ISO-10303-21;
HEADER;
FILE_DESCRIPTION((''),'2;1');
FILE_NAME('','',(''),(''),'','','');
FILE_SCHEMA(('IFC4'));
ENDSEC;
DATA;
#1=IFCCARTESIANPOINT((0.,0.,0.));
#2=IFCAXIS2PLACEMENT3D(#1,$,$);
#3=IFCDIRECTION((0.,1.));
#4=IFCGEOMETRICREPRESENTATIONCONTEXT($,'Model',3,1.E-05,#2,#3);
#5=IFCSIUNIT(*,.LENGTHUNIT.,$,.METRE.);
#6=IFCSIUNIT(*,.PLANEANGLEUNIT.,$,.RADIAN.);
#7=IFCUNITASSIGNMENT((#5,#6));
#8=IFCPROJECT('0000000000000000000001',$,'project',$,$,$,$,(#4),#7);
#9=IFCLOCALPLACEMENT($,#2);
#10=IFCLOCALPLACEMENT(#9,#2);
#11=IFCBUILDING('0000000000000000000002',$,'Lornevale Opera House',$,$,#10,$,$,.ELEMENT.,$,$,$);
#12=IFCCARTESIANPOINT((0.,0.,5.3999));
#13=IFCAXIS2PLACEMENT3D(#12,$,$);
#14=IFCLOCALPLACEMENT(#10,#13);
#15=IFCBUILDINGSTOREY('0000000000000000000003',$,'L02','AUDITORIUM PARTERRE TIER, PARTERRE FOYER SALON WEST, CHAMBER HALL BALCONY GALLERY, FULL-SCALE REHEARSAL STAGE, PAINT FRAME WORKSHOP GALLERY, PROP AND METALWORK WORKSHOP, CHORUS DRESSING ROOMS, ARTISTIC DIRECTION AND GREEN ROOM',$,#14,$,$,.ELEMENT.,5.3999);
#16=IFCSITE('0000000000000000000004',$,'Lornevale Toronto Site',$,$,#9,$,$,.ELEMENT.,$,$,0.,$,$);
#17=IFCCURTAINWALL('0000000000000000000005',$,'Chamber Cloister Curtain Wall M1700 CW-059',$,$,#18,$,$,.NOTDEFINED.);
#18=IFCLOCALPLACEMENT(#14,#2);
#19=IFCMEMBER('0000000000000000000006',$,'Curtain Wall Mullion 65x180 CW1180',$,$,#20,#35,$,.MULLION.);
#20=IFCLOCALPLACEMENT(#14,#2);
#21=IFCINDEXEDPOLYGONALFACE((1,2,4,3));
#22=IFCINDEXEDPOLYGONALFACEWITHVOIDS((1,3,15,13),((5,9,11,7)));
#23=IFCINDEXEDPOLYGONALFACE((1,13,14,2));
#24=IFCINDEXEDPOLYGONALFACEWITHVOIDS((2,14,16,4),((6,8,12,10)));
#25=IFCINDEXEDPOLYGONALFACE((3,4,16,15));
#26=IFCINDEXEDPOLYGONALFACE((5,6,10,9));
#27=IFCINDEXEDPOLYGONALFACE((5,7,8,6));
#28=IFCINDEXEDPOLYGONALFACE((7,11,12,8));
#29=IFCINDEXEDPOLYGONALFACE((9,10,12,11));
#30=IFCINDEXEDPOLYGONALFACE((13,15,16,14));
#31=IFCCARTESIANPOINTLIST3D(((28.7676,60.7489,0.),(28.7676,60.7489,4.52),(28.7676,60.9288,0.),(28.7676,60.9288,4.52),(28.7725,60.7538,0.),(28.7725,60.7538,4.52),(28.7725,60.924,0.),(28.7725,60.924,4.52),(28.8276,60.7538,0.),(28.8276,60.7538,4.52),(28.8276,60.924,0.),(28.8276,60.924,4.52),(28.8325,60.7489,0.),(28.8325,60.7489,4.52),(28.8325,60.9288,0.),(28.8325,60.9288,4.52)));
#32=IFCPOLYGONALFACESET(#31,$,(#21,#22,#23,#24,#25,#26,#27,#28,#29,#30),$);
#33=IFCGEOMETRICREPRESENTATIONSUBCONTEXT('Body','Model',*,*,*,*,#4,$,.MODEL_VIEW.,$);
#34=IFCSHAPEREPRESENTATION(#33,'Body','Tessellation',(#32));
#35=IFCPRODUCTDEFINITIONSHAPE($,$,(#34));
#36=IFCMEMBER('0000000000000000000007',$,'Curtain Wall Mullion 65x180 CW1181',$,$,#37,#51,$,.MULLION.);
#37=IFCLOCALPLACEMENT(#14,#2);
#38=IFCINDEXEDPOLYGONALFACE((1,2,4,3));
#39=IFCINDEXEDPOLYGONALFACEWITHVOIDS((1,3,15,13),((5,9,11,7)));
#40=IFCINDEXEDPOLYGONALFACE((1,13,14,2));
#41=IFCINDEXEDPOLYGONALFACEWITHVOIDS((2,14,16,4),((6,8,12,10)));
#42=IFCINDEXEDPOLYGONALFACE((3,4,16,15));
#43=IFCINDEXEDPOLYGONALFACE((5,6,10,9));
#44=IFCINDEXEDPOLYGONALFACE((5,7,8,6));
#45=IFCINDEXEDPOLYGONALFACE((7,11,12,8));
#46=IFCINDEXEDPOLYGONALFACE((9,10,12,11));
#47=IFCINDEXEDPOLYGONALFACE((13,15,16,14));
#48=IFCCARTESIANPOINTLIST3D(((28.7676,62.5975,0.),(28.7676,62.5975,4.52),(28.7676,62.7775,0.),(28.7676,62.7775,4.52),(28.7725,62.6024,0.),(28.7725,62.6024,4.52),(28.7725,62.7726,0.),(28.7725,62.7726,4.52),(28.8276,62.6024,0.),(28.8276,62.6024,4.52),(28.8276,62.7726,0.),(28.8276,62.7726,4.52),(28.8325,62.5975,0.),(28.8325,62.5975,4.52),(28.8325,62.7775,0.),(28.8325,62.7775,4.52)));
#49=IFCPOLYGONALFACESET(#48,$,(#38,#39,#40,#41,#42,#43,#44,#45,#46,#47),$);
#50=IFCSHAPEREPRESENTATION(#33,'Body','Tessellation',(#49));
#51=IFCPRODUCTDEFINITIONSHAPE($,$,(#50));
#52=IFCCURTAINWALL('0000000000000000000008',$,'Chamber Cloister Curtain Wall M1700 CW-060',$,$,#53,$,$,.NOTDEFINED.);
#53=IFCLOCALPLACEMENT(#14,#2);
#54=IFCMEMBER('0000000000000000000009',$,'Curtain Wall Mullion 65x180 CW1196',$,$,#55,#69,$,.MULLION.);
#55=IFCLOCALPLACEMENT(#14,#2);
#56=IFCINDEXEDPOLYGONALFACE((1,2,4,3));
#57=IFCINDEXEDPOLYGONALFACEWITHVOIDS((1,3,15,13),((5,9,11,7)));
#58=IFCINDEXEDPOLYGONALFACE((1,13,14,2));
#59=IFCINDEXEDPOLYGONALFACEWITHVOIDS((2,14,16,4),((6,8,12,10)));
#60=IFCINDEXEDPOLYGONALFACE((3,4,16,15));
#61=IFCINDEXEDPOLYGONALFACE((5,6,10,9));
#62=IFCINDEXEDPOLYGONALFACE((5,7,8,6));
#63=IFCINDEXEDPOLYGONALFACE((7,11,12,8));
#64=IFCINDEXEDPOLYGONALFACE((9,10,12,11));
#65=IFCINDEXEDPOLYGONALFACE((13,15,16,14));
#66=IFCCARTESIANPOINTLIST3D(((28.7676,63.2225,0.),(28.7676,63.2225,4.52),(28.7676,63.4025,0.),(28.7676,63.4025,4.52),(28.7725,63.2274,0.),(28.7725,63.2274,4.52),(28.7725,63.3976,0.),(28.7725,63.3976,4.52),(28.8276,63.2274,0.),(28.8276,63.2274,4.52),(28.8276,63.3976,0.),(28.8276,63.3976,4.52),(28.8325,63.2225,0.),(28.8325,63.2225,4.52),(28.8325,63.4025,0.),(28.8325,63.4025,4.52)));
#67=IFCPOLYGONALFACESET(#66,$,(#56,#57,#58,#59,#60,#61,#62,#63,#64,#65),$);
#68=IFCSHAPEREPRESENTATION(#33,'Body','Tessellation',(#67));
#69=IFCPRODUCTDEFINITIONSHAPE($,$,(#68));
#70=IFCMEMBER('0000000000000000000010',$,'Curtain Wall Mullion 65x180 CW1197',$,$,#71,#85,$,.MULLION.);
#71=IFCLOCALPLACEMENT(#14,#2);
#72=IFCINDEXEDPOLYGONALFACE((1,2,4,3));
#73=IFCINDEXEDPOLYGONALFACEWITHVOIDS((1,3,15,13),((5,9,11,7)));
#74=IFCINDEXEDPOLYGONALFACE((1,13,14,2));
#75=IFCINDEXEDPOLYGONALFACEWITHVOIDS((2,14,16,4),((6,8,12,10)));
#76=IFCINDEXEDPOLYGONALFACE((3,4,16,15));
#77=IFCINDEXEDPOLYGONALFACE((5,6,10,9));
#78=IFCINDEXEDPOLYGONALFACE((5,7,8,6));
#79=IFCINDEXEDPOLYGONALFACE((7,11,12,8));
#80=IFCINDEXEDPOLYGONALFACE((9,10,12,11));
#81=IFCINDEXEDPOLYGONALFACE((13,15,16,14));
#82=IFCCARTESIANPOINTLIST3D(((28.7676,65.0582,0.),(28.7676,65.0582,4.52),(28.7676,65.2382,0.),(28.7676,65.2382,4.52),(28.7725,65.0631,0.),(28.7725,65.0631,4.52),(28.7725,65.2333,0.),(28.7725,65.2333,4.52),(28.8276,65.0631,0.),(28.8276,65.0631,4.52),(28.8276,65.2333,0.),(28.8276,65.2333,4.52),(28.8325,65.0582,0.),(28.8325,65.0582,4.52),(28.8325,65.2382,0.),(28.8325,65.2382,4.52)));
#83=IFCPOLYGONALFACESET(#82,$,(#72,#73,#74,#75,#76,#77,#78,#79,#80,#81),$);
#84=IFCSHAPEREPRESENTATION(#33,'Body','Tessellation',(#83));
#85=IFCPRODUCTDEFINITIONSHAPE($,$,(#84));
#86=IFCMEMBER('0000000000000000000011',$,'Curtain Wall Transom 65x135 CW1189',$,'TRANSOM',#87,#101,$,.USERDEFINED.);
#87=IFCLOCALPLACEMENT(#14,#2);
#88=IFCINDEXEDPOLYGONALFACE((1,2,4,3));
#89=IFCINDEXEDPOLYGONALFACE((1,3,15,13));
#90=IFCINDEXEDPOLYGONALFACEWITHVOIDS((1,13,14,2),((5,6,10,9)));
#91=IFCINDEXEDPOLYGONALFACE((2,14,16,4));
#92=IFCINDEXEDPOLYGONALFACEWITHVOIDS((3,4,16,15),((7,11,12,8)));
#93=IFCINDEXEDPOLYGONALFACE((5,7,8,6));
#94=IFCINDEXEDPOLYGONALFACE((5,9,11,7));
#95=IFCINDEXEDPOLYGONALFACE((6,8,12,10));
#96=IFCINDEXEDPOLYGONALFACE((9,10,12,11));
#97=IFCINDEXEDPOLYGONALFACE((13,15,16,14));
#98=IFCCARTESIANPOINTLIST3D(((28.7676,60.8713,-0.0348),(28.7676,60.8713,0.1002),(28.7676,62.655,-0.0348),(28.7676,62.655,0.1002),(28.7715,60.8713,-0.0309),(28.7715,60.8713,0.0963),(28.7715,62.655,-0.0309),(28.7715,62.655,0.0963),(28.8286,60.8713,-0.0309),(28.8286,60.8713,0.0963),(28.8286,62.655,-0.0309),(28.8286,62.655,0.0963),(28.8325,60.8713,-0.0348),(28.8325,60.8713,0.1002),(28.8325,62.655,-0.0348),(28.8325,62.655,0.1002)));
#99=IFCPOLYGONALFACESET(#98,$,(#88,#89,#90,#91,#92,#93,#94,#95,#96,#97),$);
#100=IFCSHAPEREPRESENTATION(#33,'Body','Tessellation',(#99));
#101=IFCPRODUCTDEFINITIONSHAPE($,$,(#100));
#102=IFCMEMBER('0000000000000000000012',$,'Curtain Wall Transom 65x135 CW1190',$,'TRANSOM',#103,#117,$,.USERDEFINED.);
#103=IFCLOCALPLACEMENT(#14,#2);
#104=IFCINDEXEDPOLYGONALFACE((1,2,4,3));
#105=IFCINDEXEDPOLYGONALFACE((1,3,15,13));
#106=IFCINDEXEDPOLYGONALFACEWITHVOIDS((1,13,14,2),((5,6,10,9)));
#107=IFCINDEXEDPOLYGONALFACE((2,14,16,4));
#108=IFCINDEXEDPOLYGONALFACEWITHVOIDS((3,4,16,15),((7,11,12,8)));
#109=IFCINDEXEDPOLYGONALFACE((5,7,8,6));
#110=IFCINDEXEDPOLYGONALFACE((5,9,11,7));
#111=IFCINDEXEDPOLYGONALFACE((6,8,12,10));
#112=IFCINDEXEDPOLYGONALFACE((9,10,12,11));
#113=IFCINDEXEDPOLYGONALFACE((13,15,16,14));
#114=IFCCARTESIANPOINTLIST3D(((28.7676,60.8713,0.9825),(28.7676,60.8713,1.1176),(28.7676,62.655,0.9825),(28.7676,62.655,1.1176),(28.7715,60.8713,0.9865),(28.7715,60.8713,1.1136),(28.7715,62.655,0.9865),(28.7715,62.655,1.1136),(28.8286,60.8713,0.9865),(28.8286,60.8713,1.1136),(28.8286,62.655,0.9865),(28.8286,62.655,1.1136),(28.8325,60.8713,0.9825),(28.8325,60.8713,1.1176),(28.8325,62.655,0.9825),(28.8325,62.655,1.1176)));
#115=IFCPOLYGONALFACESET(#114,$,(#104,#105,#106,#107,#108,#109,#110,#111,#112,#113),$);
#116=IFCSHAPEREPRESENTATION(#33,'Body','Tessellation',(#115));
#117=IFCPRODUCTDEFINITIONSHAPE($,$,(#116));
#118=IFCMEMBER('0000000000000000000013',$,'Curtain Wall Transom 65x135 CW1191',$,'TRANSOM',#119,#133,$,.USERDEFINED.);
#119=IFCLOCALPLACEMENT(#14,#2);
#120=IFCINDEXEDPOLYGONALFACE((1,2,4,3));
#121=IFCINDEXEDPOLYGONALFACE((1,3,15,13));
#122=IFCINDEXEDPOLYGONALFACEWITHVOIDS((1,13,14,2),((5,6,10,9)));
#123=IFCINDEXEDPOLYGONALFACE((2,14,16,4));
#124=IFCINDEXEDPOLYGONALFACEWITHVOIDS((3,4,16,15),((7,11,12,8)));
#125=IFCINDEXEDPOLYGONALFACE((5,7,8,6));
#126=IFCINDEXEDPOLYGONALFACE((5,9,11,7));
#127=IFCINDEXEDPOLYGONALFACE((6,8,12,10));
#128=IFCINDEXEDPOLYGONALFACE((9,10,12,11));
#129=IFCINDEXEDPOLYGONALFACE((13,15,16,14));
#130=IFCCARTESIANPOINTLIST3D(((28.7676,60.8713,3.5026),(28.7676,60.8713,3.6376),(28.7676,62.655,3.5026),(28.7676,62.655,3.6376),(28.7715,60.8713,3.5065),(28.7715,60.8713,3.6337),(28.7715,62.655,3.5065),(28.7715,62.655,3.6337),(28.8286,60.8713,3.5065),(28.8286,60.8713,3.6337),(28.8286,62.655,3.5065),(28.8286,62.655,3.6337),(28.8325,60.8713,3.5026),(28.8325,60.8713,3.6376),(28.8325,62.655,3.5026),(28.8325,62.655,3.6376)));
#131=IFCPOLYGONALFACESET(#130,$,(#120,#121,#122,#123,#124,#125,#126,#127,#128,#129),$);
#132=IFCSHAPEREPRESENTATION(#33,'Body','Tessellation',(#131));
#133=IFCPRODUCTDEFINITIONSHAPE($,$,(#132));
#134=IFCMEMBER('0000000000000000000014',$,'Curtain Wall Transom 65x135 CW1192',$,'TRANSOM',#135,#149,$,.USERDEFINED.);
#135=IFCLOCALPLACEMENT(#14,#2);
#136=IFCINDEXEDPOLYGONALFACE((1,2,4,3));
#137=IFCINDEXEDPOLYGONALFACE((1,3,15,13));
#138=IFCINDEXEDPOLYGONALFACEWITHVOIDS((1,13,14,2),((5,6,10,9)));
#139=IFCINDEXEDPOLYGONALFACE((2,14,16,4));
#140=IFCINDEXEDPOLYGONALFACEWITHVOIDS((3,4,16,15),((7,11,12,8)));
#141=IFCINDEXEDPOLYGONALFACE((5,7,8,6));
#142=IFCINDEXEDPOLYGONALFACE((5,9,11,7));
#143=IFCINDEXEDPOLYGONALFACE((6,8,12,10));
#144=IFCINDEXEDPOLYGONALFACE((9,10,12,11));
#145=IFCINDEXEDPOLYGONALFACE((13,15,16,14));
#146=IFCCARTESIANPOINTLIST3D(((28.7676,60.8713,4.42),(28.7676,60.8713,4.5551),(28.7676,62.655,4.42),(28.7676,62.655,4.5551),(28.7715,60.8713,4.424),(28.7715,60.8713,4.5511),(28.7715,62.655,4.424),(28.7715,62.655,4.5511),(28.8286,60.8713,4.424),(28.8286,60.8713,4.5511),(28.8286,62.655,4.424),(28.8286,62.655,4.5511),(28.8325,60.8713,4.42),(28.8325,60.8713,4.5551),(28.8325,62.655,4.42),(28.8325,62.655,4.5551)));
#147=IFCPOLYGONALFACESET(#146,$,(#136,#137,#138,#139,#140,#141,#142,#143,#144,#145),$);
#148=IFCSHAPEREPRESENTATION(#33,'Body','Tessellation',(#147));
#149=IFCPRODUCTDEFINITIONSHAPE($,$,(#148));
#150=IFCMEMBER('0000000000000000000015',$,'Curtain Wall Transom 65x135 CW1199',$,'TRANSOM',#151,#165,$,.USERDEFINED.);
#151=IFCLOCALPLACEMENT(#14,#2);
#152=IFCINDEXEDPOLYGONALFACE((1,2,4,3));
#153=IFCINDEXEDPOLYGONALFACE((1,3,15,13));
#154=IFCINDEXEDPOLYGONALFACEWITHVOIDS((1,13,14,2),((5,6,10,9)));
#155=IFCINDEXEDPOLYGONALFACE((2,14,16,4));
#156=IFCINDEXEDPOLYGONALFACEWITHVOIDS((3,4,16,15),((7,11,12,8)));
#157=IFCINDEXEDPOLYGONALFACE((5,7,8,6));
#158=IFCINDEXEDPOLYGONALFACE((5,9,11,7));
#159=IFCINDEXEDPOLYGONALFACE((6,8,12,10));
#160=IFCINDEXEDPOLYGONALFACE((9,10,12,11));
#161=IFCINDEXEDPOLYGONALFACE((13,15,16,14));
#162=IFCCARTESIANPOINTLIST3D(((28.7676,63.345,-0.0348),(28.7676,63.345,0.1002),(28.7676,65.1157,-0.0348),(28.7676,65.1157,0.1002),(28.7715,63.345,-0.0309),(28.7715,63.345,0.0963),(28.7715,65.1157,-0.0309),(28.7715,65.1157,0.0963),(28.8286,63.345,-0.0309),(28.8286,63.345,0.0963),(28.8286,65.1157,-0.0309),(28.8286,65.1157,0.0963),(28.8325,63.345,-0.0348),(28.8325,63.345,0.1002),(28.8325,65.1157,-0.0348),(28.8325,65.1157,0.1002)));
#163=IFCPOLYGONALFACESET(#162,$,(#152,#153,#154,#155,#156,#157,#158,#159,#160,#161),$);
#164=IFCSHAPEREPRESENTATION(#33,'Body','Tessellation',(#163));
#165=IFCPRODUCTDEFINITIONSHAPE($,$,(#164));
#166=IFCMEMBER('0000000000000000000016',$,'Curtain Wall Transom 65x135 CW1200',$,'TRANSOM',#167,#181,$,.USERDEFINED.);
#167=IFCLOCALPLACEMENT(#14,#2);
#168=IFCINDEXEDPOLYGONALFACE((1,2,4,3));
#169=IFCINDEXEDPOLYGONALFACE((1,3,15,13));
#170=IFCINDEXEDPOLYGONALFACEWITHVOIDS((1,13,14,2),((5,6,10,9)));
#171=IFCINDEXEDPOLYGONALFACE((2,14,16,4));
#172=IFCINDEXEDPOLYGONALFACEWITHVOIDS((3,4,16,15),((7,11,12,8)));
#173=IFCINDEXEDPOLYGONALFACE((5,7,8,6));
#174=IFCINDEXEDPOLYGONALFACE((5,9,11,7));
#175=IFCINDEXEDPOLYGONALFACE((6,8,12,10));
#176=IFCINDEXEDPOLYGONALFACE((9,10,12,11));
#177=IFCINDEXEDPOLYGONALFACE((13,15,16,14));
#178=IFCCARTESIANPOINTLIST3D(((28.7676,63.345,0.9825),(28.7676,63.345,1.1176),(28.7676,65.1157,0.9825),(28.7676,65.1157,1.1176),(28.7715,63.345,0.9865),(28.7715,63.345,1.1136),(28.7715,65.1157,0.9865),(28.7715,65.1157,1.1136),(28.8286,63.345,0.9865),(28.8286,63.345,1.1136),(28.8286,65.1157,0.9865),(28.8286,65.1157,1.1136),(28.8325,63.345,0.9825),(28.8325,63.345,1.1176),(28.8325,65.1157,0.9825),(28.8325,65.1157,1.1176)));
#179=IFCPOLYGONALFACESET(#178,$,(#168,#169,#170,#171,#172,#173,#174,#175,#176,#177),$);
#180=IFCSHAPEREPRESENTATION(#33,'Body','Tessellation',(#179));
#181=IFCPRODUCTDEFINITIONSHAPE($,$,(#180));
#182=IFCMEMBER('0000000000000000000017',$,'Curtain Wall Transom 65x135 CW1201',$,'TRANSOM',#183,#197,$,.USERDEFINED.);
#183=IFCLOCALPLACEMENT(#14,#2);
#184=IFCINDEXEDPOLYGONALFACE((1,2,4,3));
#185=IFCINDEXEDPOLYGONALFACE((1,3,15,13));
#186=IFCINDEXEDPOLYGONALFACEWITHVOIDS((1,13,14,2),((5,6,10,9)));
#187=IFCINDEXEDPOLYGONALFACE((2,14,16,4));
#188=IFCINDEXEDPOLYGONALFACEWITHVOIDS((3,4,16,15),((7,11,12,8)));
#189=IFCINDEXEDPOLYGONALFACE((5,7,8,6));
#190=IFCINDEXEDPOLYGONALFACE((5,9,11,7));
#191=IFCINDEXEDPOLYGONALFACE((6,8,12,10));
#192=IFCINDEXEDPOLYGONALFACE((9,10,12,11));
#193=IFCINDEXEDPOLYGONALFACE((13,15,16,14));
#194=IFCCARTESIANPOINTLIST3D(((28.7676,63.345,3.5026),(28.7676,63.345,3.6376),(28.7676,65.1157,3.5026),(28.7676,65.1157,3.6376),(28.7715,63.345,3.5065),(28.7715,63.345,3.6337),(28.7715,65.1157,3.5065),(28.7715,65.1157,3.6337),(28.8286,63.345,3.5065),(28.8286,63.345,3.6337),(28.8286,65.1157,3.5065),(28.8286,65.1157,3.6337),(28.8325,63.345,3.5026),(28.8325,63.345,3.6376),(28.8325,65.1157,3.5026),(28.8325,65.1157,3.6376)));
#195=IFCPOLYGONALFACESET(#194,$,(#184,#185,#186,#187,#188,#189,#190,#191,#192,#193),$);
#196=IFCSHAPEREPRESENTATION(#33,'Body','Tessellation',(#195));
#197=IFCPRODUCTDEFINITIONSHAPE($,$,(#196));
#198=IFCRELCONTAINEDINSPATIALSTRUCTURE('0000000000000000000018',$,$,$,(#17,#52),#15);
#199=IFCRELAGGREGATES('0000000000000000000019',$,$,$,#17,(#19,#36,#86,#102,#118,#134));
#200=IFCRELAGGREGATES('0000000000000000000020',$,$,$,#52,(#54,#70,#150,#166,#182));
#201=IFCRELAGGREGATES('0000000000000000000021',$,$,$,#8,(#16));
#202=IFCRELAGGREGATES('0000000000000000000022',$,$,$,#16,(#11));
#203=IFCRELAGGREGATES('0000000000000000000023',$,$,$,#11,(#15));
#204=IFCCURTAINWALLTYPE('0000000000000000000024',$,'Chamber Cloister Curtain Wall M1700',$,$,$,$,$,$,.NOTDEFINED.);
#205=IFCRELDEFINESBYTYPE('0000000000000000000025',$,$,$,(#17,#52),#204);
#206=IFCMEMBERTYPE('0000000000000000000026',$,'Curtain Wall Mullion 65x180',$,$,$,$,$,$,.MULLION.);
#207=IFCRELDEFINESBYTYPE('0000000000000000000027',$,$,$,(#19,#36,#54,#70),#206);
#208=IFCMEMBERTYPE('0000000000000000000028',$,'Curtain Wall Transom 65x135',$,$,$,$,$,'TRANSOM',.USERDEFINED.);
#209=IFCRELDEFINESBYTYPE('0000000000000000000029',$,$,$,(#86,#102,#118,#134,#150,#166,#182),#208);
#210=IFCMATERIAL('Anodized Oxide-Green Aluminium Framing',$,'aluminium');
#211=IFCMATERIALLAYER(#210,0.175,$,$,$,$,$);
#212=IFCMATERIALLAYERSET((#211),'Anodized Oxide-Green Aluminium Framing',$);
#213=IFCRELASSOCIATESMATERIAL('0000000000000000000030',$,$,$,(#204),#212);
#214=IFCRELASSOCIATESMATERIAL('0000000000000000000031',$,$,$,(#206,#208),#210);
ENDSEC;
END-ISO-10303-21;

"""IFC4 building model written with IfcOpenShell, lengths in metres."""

from ifc_helpers import new_model, si_unit, direction, frame, origin, origin_2d, place, context, subcontext, project, spatial, hollow_rectangle, extrude, material, layer, layer_set, material_profile, profile_set, type_object, element, aggregate, save


model = new_model("IFC4")

# Units and contexts
model_context = context("Model", 3, precision=1e-05, world=origin(), true_north=direction((0.0, 1.0)))
body_context = subcontext(model_context, "Body", "Model", "MODEL_VIEW")
ifc_project = project(units=[si_unit("LENGTHUNIT", "METRE"), si_unit("PLANEANGLEUNIT", "RADIAN")], contexts=[model_context])

# Site, building, storey
site_placement = place(None, origin())
site = spatial("IfcSite", under=ifc_project, at=site_placement, Name="Lornevale Toronto Site", CompositionType="ELEMENT", RefElevation=0.0)
building_placement = place(site_placement, origin())
building = spatial("IfcBuilding", under=site, at=building_placement, Name="Lornevale Opera House", CompositionType="ELEMENT")
storey_placement = place(building_placement, frame((0.0, 0.0, 5.3999)))
storey = spatial("IfcBuildingStorey", under=building, at=storey_placement, Name="L02", Description="AUDITORIUM PARTERRE TIER, PARTERRE FOYER SALON WEST, CHAMBER HALL BALCONY GALLERY, FULL-SCALE REHEARSAL STAGE, PAINT FRAME WORKSHOP GALLERY, PROP AND METALWORK WORKSHOP, CHORUS DRESSING ROOMS, ARTISTIC DIRECTION AND GREEN ROOM", CompositionType="ELEMENT", Elevation=5.3999)

# Curtain walls, members
ifc_material_1 = material(Name="Anodized Oxide-Green Aluminium Framing", Category="aluminium")
ifc_layer_1 = layer(ifc_material_1, 0.175)
ifc_layer_set_1 = layer_set([ifc_layer_1], Name="Anodized Oxide-Green Aluminium Framing")
curtain_wall_type = type_object("IfcCurtainWallType", Name="Chamber Cloister Curtain Wall M1700", PredefinedType="NOTDEFINED", material=ifc_layer_set_1)
curtain_wall_1_placement = place(storey_placement, origin())
curtain_wall_1 = element("IfcCurtainWall", 1, at=curtain_wall_1_placement, inside=storey, type_object=curtain_wall_type, Name="Chamber Cloister Curtain Wall M1700 CW-059", PredefinedType="NOTDEFINED")
ifc_material_profile_1 = material_profile(ifc_material_1, hollow_rectangle(XDim=0.0649, YDim=0.1799, WallThickness=0.0049, at=origin_2d()), Name="ALU65x180x5")
ifc_profile_set_1 = profile_set([ifc_material_profile_1], Name="Anodized Oxide-Green Aluminium Framing")
member_type_1 = type_object("IfcMemberType", Name="Curtain Wall Mullion 65x180", PredefinedType="MULLION", material=ifc_profile_set_1)
member_1_placement = place(storey_placement, frame((28.8, 60.8389, 0.0), z_axis=(0.0, 0.0, 1.0), x_axis=(-1.0, 0.0, 0.0)))
member_1 = element("IfcMember", 2, at=member_1_placement, type_object=member_type_1, Name="Curtain Wall Mullion 65x180 CW1180", PredefinedType="MULLION", context=body_context, shape_type="SweptSolid", body=[
    extrude(hollow_rectangle(XDim=0.0649, YDim=0.1799, WallThickness=0.0049, at=origin_2d()), origin(), (0.0, 0.0, 1.0), 4.52),
])
member_2_placement = place(storey_placement, frame((28.8, 62.6875, 0.0), z_axis=(0.0, 0.0, 1.0), x_axis=(-1.0, 0.0, 0.0)))
member_2 = element("IfcMember", 3, at=member_2_placement, type_object=member_type_1, Name="Curtain Wall Mullion 65x180 CW1181", PredefinedType="MULLION", context=body_context, shape_type="SweptSolid", body=[
    extrude(hollow_rectangle(XDim=0.0649, YDim=0.1799, WallThickness=0.0049, at=origin_2d()), origin(), (0.0, 0.0, 1.0), 4.52),
])
curtain_wall_2_placement = place(storey_placement, origin())
curtain_wall_2 = element("IfcCurtainWall", 4, at=curtain_wall_2_placement, inside=storey, type_object=curtain_wall_type, Name="Chamber Cloister Curtain Wall M1700 CW-060", PredefinedType="NOTDEFINED")
member_3_placement = place(storey_placement, frame((28.8, 63.3125, 0.0), z_axis=(0.0, 0.0, 1.0), x_axis=(-1.0, 0.0, 0.0)))
member_3 = element("IfcMember", 5, at=member_3_placement, type_object=member_type_1, Name="Curtain Wall Mullion 65x180 CW1196", PredefinedType="MULLION", context=body_context, shape_type="SweptSolid", body=[
    extrude(hollow_rectangle(XDim=0.0649, YDim=0.1799, WallThickness=0.0049, at=origin_2d()), origin(), (0.0, 0.0, 1.0), 4.52),
])
member_4_placement = place(storey_placement, frame((28.8, 65.1482, 0.0), z_axis=(0.0, 0.0, 1.0), x_axis=(-1.0, 0.0, 0.0)))
member_4 = element("IfcMember", 6, at=member_4_placement, type_object=member_type_1, Name="Curtain Wall Mullion 65x180 CW1197", PredefinedType="MULLION", context=body_context, shape_type="SweptSolid", body=[
    extrude(hollow_rectangle(XDim=0.0649, YDim=0.1799, WallThickness=0.0049, at=origin_2d()), origin(), (0.0, 0.0, 1.0), 4.52),
])

# Members
ifc_material_profile_2 = material_profile(ifc_material_1, hollow_rectangle(XDim=0.0649, YDim=0.135, WallThickness=0.0039, at=origin_2d()), Name="ALU65x135x4")
ifc_profile_set_2 = profile_set([ifc_material_profile_2], Name="Anodized Oxide-Green Aluminium Framing")
member_type_2 = type_object("IfcMemberType", Name="Curtain Wall Transom 65x135", ElementType="TRANSOM", PredefinedType="USERDEFINED", material=ifc_profile_set_2)
member_5_placement = place(storey_placement, frame((28.8, 60.8713, 0.0327), z_axis=(0.0, 1.0, 0.0), x_axis=(-1.0, 0.0, 0.0)))
member_5 = element("IfcMember", 7, at=member_5_placement, type_object=member_type_2, Name="Curtain Wall Transom 65x135 CW1189", ObjectType="TRANSOM", PredefinedType="USERDEFINED", context=body_context, shape_type="SweptSolid", body=[
    extrude(hollow_rectangle(XDim=0.0649, YDim=0.135, WallThickness=0.0039, at=origin_2d()), origin(), (0.0, 0.0, 1.0), 1.7837),
])
member_6_placement = place(storey_placement, frame((28.8, 60.8713, 1.05), z_axis=(0.0, 1.0, 0.0), x_axis=(-1.0, 0.0, 0.0)))
member_6 = element("IfcMember", 8, at=member_6_placement, type_object=member_type_2, Name="Curtain Wall Transom 65x135 CW1190", ObjectType="TRANSOM", PredefinedType="USERDEFINED", context=body_context, shape_type="SweptSolid", body=[
    extrude(hollow_rectangle(XDim=0.0649, YDim=0.135, WallThickness=0.0039, at=origin_2d()), origin(), (0.0, 0.0, 1.0), 1.7837),
])
member_7_placement = place(storey_placement, frame((28.8, 60.8713, 3.5701), z_axis=(0.0, 1.0, 0.0), x_axis=(-1.0, 0.0, 0.0)))
member_7 = element("IfcMember", 9, at=member_7_placement, type_object=member_type_2, Name="Curtain Wall Transom 65x135 CW1191", ObjectType="TRANSOM", PredefinedType="USERDEFINED", context=body_context, shape_type="SweptSolid", body=[
    extrude(hollow_rectangle(XDim=0.0649, YDim=0.135, WallThickness=0.0039, at=origin_2d()), origin(), (0.0, 0.0, 1.0), 1.7837),
])
member_8_placement = place(storey_placement, frame((28.8, 60.8713, 4.4875), z_axis=(0.0, 1.0, 0.0), x_axis=(-1.0, 0.0, 0.0)))
member_8 = element("IfcMember", 10, at=member_8_placement, type_object=member_type_2, Name="Curtain Wall Transom 65x135 CW1192", ObjectType="TRANSOM", PredefinedType="USERDEFINED", context=body_context, shape_type="SweptSolid", body=[
    extrude(hollow_rectangle(XDim=0.0649, YDim=0.135, WallThickness=0.0039, at=origin_2d()), origin(), (0.0, 0.0, 1.0), 1.7837),
])
member_9_placement = place(storey_placement, frame((28.8, 63.345, 0.0327), z_axis=(0.0, 1.0, 0.0), x_axis=(-1.0, 0.0, 0.0)))
member_9 = element("IfcMember", 11, at=member_9_placement, type_object=member_type_2, Name="Curtain Wall Transom 65x135 CW1199", ObjectType="TRANSOM", PredefinedType="USERDEFINED", context=body_context, shape_type="SweptSolid", body=[
    extrude(hollow_rectangle(XDim=0.0649, YDim=0.135, WallThickness=0.0039, at=origin_2d()), origin(), (0.0, 0.0, 1.0), 1.7708),
])
member_10_placement = place(storey_placement, frame((28.8, 63.345, 1.05), z_axis=(0.0, 1.0, 0.0), x_axis=(-1.0, 0.0, 0.0)))
member_10 = element("IfcMember", 12, at=member_10_placement, type_object=member_type_2, Name="Curtain Wall Transom 65x135 CW1200", ObjectType="TRANSOM", PredefinedType="USERDEFINED", context=body_context, shape_type="SweptSolid", body=[
    extrude(hollow_rectangle(XDim=0.0649, YDim=0.135, WallThickness=0.0039, at=origin_2d()), origin(), (0.0, 0.0, 1.0), 1.7708),
])
member_11_placement = place(storey_placement, frame((28.8, 63.345, 3.5701), z_axis=(0.0, 1.0, 0.0), x_axis=(-1.0, 0.0, 0.0)))
member_11 = element("IfcMember", 13, at=member_11_placement, type_object=member_type_2, Name="Curtain Wall Transom 65x135 CW1201", ObjectType="TRANSOM", PredefinedType="USERDEFINED", context=body_context, shape_type="SweptSolid", body=[
    extrude(hollow_rectangle(XDim=0.0649, YDim=0.135, WallThickness=0.0039, at=origin_2d()), origin(), (0.0, 0.0, 1.0), 1.7708),
])

aggregate(curtain_wall_1, [member_1, member_2, member_5, member_6, member_7, member_8])
aggregate(curtain_wall_2, [member_3, member_4, member_9, member_10, member_11])

save(model, "model.ifc")
